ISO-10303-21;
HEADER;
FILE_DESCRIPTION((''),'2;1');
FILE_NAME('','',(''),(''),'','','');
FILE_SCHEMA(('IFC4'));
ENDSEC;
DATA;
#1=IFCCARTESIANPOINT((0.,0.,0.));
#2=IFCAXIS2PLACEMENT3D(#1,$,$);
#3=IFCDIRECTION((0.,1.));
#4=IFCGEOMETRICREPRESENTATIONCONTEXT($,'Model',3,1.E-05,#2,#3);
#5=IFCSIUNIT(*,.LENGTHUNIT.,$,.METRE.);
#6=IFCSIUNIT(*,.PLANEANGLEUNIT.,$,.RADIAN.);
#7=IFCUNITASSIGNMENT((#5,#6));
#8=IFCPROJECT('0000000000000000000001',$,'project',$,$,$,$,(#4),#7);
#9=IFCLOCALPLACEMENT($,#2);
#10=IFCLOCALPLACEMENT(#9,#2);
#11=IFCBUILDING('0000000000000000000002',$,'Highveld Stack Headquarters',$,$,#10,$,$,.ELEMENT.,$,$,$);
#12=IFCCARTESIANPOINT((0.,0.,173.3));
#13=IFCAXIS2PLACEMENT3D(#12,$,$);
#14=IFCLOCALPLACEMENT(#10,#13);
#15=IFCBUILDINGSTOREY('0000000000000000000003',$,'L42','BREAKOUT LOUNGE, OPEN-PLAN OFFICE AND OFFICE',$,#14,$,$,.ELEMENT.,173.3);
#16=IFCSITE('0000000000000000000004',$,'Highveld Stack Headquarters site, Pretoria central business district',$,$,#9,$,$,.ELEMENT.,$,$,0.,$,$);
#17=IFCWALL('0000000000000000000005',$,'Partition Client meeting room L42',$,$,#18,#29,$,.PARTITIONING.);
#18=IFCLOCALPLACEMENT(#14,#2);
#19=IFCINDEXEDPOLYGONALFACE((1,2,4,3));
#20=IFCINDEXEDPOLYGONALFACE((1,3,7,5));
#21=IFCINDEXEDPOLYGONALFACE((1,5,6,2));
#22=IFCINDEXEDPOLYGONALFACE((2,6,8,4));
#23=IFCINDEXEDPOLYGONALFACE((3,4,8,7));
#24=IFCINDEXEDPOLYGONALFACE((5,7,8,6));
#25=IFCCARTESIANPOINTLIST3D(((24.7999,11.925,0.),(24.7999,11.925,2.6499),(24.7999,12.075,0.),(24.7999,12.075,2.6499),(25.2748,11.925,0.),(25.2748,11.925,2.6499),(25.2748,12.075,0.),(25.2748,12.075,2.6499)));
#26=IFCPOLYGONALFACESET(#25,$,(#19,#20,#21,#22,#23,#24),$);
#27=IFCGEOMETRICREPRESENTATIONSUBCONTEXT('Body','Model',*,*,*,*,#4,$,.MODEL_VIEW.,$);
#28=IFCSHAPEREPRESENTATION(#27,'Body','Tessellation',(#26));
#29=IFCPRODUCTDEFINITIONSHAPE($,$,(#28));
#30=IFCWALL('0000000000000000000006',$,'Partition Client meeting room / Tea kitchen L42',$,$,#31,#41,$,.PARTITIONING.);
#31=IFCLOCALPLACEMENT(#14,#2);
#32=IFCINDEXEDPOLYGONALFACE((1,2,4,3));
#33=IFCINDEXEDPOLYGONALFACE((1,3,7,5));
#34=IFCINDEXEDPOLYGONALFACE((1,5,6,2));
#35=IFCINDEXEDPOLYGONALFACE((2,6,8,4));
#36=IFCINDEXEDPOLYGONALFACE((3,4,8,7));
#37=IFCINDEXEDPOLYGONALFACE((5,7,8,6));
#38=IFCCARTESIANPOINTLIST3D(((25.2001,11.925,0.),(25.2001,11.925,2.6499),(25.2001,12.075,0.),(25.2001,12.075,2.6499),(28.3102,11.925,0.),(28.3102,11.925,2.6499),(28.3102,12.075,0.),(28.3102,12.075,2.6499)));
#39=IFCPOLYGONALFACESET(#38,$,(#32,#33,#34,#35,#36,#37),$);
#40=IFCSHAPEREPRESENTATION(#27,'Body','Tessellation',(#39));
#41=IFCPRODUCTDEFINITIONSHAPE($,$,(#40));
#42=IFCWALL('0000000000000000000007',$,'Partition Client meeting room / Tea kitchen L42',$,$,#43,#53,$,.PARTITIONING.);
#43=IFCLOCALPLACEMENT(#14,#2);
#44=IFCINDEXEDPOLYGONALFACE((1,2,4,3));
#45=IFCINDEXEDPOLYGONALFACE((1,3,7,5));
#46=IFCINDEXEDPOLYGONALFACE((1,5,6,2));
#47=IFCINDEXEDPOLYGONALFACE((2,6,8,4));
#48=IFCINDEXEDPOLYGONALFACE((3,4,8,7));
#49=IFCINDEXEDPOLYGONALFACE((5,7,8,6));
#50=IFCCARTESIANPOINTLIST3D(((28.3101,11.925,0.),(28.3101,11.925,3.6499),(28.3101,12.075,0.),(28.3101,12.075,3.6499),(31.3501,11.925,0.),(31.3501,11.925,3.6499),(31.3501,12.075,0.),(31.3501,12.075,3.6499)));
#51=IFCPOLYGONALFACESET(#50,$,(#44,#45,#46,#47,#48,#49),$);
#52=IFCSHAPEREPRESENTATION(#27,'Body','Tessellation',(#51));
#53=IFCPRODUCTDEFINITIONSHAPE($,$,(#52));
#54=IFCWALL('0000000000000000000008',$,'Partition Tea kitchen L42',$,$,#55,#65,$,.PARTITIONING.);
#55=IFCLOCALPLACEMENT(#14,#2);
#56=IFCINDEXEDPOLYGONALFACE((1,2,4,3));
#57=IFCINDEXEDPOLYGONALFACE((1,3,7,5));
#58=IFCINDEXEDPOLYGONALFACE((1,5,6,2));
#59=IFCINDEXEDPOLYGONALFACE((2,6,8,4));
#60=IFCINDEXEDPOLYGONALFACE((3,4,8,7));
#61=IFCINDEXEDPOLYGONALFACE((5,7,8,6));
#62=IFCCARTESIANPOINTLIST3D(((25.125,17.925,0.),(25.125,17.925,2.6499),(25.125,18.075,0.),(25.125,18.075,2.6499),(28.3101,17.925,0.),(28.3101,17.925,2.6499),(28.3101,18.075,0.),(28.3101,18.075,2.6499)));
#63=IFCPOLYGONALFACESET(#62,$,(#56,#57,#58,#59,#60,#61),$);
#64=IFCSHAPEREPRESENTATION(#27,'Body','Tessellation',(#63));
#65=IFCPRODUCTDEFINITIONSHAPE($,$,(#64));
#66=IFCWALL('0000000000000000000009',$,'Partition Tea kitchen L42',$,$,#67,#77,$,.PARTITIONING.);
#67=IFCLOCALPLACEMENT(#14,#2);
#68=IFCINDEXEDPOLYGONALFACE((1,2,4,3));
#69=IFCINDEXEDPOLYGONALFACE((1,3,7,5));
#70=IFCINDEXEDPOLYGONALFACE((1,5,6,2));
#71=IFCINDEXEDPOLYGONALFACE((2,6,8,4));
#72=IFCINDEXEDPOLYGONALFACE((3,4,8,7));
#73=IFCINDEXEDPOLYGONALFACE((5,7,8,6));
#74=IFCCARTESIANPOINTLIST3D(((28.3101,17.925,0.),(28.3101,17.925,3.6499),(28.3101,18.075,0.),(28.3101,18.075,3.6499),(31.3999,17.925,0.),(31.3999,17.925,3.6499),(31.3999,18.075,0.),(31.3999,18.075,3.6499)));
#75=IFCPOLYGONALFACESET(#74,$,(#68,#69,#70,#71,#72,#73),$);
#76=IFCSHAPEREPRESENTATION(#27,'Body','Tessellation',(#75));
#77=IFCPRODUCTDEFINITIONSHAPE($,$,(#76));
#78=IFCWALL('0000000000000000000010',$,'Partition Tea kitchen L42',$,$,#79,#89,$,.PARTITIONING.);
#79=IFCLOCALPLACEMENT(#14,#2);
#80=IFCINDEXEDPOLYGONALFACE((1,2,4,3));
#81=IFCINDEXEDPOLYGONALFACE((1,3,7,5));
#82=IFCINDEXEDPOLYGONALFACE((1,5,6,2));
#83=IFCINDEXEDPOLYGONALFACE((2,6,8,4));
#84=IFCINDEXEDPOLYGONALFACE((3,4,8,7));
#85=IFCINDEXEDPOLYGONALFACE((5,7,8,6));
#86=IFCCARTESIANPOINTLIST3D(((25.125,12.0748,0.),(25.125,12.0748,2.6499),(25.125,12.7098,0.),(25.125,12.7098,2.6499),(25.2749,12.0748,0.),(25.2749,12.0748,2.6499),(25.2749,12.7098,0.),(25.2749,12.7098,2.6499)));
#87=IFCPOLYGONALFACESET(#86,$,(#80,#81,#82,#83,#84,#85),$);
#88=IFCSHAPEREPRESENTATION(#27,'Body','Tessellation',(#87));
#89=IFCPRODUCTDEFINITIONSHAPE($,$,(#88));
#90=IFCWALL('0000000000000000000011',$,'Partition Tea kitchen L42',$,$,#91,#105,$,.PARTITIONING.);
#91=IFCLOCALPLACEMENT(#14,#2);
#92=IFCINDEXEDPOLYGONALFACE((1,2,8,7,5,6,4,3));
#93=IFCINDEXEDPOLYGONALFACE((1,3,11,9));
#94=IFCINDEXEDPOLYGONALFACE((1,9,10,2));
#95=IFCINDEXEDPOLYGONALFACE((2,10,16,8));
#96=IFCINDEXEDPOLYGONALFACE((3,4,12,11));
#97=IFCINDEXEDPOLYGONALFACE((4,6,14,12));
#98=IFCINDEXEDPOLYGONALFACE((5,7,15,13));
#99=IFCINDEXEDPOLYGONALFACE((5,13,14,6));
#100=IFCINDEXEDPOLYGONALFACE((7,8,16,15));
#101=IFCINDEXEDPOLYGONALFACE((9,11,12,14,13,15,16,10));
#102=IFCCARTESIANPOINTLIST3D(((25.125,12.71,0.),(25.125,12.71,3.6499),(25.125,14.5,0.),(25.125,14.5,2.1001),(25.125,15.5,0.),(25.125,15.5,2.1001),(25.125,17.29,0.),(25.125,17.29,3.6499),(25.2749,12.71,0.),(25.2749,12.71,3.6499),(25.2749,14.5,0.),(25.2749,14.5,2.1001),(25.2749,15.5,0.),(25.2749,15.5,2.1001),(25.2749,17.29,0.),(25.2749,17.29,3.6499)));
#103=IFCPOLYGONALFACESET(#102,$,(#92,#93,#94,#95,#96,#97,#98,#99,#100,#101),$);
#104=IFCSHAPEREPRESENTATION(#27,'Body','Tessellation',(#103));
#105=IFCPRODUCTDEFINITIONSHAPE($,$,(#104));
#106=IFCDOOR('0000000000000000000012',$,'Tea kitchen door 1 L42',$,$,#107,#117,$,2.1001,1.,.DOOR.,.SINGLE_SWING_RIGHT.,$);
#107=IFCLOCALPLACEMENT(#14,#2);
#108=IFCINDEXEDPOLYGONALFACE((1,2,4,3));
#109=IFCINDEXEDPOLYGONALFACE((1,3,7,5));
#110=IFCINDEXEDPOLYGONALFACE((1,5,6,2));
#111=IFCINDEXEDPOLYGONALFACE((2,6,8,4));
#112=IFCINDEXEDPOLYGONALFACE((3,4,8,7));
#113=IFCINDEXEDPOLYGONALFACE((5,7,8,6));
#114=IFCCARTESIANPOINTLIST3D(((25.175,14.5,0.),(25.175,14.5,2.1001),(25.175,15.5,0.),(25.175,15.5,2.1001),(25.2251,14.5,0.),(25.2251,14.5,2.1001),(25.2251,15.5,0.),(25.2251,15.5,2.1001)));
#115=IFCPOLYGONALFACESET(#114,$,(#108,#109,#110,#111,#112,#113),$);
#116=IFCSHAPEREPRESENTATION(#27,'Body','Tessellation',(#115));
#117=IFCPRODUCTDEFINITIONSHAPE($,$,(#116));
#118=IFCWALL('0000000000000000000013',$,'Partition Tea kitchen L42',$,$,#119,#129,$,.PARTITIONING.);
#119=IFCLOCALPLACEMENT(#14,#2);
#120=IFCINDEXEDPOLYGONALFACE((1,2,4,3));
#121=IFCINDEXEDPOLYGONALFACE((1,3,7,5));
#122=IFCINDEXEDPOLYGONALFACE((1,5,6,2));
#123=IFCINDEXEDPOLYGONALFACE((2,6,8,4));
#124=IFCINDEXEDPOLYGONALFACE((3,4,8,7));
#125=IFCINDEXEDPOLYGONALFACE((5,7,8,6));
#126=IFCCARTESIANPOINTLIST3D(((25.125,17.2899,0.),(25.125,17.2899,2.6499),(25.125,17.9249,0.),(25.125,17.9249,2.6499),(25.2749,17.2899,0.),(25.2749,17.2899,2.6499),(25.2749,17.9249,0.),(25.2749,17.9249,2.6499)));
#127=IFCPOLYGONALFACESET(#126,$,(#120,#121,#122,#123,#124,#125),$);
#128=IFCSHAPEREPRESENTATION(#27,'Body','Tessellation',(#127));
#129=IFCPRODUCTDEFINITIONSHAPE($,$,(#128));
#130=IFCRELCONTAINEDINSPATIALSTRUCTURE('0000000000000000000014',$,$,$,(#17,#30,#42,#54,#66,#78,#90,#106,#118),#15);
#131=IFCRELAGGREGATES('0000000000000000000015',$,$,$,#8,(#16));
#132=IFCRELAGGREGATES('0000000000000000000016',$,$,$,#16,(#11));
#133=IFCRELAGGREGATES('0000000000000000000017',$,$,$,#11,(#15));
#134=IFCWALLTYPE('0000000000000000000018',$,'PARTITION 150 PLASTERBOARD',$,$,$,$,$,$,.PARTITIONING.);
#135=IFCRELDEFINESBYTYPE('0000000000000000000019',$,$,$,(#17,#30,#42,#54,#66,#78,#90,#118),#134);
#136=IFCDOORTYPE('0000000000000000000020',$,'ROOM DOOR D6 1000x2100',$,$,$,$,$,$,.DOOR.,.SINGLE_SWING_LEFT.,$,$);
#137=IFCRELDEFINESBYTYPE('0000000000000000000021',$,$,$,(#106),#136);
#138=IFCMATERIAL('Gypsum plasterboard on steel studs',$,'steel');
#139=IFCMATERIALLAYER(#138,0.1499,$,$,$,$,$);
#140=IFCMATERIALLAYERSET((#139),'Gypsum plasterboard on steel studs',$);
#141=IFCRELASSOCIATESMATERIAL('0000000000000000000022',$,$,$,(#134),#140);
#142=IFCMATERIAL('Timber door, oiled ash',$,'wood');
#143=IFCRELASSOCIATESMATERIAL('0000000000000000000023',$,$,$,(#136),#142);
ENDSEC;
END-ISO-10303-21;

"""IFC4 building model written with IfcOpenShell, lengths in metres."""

from ifc_helpers import new_model, si_unit, direction, frame, frame_2d, origin, place, context, subcontext, project, spatial, rectangle, extrude, material, layer, layer_set, type_object, element, fill, save


model = new_model("IFC4")

# Units and contexts
model_context = context("Model", 3, precision=1e-05, world=origin(), true_north=direction((0.0, 1.0)))
body_context = subcontext(model_context, "Body", "Model", "MODEL_VIEW")
ifc_project = project(units=[si_unit("LENGTHUNIT", "METRE"), si_unit("PLANEANGLEUNIT", "RADIAN")], contexts=[model_context])

# Site, building, storey
site_placement = place(None, origin())
site = spatial("IfcSite", under=ifc_project, at=site_placement, Name="Highveld Stack Headquarters site, Pretoria central business district", CompositionType="ELEMENT", RefElevation=0.0)
building_placement = place(site_placement, origin())
building = spatial("IfcBuilding", under=site, at=building_placement, Name="Highveld Stack Headquarters", CompositionType="ELEMENT")
storey_placement = place(building_placement, frame((0.0, 0.0, 173.3)))
storey = spatial("IfcBuildingStorey", under=building, at=storey_placement, Name="L42", Description="BREAKOUT LOUNGE, OPEN-PLAN OFFICE AND OFFICE", CompositionType="ELEMENT", Elevation=173.3)

# Walls
ifc_material_1 = material(Name="Gypsum plasterboard on steel studs", Category="steel")
ifc_layer_1 = layer(ifc_material_1, 0.1499)
ifc_layer_set_1 = layer_set([ifc_layer_1], Name="Gypsum plasterboard on steel studs")
wall_type = type_object("IfcWallType", Name="PARTITION 150 PLASTERBOARD", PredefinedType="PARTITIONING", material=ifc_layer_set_1)
wall_1_placement = place(storey_placement, frame((24.8, 12.0, 0.0), z_axis=(0.0, 0.0, 1.0), x_axis=(1.0, 0.0, 0.0)))
element("IfcWall", 1, at=wall_1_placement, inside=storey, type_object=wall_type, Name="Partition Client meeting room L42", PredefinedType="PARTITIONING", context=body_context, shape_type="SweptSolid", body=[
    extrude(rectangle(XDim=0.4749, YDim=0.1499, at=frame_2d((0.2373, 0.0))), origin(), (0.0, 0.0, 1.0), 2.6499),
])
wall_2_placement = place(storey_placement, frame((25.2, 12.0, 0.0), z_axis=(0.0, 0.0, 1.0), x_axis=(1.0, 0.0, 0.0)))
element("IfcWall", 2, at=wall_2_placement, inside=storey, type_object=wall_type, Name="Partition Client meeting room / Tea kitchen L42", PredefinedType="PARTITIONING", context=body_context, shape_type="SweptSolid", body=[
    extrude(rectangle(XDim=3.1101, YDim=0.1499, at=frame_2d((1.5552, 0.0))), origin(), (0.0, 0.0, 1.0), 2.6499),
])
wall_3_placement = place(storey_placement, frame((28.3101, 12.0, 0.0), z_axis=(0.0, 0.0, 1.0), x_axis=(1.0, 0.0, 0.0)))
element("IfcWall", 3, at=wall_3_placement, inside=storey, type_object=wall_type, Name="Partition Client meeting room / Tea kitchen L42", PredefinedType="PARTITIONING", context=body_context, shape_type="SweptSolid", body=[
    extrude(rectangle(XDim=3.04, YDim=0.1499, at=frame_2d((1.52, 0.0))), origin(), (0.0, 0.0, 1.0), 3.6499),
])
wall_4_placement = place(storey_placement, frame((25.125, 18.0, 0.0), z_axis=(0.0, 0.0, 1.0), x_axis=(1.0, 0.0, 0.0)))
element("IfcWall", 4, at=wall_4_placement, inside=storey, type_object=wall_type, Name="Partition Tea kitchen L42", PredefinedType="PARTITIONING", context=body_context, shape_type="SweptSolid", body=[
    extrude(rectangle(XDim=3.1851, YDim=0.1499, at=frame_2d((1.5925, 0.0))), origin(), (0.0, 0.0, 1.0), 2.6499),
])
wall_5_placement = place(storey_placement, frame((28.3101, 18.0, 0.0), z_axis=(0.0, 0.0, 1.0), x_axis=(1.0, 0.0, 0.0)))
element("IfcWall", 5, at=wall_5_placement, inside=storey, type_object=wall_type, Name="Partition Tea kitchen L42", PredefinedType="PARTITIONING", context=body_context, shape_type="SweptSolid", body=[
    extrude(rectangle(XDim=3.0898, YDim=0.1499, at=frame_2d((1.5449, 0.0))), origin(), (0.0, 0.0, 1.0), 3.6499),
])
wall_6_placement = place(storey_placement, frame((25.2, 12.075, 0.0), z_axis=(0.0, 0.0, 1.0), x_axis=(0.0, 1.0, 0.0)))
element("IfcWall", 6, at=wall_6_placement, inside=storey, type_object=wall_type, Name="Partition Tea kitchen L42", PredefinedType="PARTITIONING", context=body_context, shape_type="SweptSolid", body=[
    extrude(rectangle(XDim=0.635, YDim=0.1499, at=frame_2d((0.3174, 0.0))), origin(), (0.0, 0.0, 1.0), 2.6499),
])

# Wall, opening, door
wall_7_placement = place(storey_placement, frame((25.2, 12.71, 0.0), z_axis=(0.0, 0.0, 1.0), x_axis=(0.0, 1.0, 0.0)))
wall_7 = element("IfcWall", 7, at=wall_7_placement, inside=storey, type_object=wall_type, Name="Partition Tea kitchen L42", PredefinedType="PARTITIONING", context=body_context, shape_type="SweptSolid", body=[
    extrude(rectangle(XDim=4.5801, YDim=0.1499, at=frame_2d((2.29, 0.0))), origin(), (0.0, 0.0, 1.0), 3.6499),
])
opening_placement = place(wall_7_placement, frame((1.79, 0.0, 0.0)))
opening = element("IfcOpeningElement", 8, at=opening_placement, cuts=wall_7, PredefinedType="OPENING", context=body_context, shape_type="SweptSolid", body=[
    extrude(rectangle(XDim=1.0, YDim=2.1001, at=frame_2d((0.5, 1.05))), frame((0.0, 0.085, 0.0), z_axis=(0.0, -1.0, 0.0), x_axis=(1.0, 0.0, 0.0)), (0.0, 0.0, 1.0), 0.1699),
])
ifc_material_2 = material(Name="Timber door, oiled ash", Category="wood")
door_type = type_object("IfcDoorType", Name="ROOM DOOR D6 1000x2100", OperationType="SINGLE_SWING_LEFT", PredefinedType="DOOR", material=ifc_material_2)
door_placement = place(opening_placement, origin())
door = element("IfcDoor", 9, at=door_placement, inside=storey, type_object=door_type, Name="Tea kitchen door 1 L42", OperationType="SINGLE_SWING_RIGHT", OverallHeight=2.1001, OverallWidth=1.0, PredefinedType="DOOR", context=body_context, shape_type="SweptSolid", body=[
    extrude(rectangle(XDim=1.0, YDim=2.1001, at=frame_2d((0.5, 1.05))), frame((0.0, 0.0249, 0.0), z_axis=(0.0, -1.0, 0.0), x_axis=(1.0, 0.0, 0.0)), (0.0, 0.0, 1.0), 0.05),
])
fill(opening, door)

# Wall
wall_8_placement = place(storey_placement, frame((25.2, 17.29, 0.0), z_axis=(0.0, 0.0, 1.0), x_axis=(0.0, 1.0, 0.0)))
element("IfcWall", 10, at=wall_8_placement, inside=storey, type_object=wall_type, Name="Partition Tea kitchen L42", PredefinedType="PARTITIONING", context=body_context, shape_type="SweptSolid", body=[
    extrude(rectangle(XDim=0.635, YDim=0.1499, at=frame_2d((0.3174, 0.0))), origin(), (0.0, 0.0, 1.0), 2.6499),
])

save(model, "model.ifc")
